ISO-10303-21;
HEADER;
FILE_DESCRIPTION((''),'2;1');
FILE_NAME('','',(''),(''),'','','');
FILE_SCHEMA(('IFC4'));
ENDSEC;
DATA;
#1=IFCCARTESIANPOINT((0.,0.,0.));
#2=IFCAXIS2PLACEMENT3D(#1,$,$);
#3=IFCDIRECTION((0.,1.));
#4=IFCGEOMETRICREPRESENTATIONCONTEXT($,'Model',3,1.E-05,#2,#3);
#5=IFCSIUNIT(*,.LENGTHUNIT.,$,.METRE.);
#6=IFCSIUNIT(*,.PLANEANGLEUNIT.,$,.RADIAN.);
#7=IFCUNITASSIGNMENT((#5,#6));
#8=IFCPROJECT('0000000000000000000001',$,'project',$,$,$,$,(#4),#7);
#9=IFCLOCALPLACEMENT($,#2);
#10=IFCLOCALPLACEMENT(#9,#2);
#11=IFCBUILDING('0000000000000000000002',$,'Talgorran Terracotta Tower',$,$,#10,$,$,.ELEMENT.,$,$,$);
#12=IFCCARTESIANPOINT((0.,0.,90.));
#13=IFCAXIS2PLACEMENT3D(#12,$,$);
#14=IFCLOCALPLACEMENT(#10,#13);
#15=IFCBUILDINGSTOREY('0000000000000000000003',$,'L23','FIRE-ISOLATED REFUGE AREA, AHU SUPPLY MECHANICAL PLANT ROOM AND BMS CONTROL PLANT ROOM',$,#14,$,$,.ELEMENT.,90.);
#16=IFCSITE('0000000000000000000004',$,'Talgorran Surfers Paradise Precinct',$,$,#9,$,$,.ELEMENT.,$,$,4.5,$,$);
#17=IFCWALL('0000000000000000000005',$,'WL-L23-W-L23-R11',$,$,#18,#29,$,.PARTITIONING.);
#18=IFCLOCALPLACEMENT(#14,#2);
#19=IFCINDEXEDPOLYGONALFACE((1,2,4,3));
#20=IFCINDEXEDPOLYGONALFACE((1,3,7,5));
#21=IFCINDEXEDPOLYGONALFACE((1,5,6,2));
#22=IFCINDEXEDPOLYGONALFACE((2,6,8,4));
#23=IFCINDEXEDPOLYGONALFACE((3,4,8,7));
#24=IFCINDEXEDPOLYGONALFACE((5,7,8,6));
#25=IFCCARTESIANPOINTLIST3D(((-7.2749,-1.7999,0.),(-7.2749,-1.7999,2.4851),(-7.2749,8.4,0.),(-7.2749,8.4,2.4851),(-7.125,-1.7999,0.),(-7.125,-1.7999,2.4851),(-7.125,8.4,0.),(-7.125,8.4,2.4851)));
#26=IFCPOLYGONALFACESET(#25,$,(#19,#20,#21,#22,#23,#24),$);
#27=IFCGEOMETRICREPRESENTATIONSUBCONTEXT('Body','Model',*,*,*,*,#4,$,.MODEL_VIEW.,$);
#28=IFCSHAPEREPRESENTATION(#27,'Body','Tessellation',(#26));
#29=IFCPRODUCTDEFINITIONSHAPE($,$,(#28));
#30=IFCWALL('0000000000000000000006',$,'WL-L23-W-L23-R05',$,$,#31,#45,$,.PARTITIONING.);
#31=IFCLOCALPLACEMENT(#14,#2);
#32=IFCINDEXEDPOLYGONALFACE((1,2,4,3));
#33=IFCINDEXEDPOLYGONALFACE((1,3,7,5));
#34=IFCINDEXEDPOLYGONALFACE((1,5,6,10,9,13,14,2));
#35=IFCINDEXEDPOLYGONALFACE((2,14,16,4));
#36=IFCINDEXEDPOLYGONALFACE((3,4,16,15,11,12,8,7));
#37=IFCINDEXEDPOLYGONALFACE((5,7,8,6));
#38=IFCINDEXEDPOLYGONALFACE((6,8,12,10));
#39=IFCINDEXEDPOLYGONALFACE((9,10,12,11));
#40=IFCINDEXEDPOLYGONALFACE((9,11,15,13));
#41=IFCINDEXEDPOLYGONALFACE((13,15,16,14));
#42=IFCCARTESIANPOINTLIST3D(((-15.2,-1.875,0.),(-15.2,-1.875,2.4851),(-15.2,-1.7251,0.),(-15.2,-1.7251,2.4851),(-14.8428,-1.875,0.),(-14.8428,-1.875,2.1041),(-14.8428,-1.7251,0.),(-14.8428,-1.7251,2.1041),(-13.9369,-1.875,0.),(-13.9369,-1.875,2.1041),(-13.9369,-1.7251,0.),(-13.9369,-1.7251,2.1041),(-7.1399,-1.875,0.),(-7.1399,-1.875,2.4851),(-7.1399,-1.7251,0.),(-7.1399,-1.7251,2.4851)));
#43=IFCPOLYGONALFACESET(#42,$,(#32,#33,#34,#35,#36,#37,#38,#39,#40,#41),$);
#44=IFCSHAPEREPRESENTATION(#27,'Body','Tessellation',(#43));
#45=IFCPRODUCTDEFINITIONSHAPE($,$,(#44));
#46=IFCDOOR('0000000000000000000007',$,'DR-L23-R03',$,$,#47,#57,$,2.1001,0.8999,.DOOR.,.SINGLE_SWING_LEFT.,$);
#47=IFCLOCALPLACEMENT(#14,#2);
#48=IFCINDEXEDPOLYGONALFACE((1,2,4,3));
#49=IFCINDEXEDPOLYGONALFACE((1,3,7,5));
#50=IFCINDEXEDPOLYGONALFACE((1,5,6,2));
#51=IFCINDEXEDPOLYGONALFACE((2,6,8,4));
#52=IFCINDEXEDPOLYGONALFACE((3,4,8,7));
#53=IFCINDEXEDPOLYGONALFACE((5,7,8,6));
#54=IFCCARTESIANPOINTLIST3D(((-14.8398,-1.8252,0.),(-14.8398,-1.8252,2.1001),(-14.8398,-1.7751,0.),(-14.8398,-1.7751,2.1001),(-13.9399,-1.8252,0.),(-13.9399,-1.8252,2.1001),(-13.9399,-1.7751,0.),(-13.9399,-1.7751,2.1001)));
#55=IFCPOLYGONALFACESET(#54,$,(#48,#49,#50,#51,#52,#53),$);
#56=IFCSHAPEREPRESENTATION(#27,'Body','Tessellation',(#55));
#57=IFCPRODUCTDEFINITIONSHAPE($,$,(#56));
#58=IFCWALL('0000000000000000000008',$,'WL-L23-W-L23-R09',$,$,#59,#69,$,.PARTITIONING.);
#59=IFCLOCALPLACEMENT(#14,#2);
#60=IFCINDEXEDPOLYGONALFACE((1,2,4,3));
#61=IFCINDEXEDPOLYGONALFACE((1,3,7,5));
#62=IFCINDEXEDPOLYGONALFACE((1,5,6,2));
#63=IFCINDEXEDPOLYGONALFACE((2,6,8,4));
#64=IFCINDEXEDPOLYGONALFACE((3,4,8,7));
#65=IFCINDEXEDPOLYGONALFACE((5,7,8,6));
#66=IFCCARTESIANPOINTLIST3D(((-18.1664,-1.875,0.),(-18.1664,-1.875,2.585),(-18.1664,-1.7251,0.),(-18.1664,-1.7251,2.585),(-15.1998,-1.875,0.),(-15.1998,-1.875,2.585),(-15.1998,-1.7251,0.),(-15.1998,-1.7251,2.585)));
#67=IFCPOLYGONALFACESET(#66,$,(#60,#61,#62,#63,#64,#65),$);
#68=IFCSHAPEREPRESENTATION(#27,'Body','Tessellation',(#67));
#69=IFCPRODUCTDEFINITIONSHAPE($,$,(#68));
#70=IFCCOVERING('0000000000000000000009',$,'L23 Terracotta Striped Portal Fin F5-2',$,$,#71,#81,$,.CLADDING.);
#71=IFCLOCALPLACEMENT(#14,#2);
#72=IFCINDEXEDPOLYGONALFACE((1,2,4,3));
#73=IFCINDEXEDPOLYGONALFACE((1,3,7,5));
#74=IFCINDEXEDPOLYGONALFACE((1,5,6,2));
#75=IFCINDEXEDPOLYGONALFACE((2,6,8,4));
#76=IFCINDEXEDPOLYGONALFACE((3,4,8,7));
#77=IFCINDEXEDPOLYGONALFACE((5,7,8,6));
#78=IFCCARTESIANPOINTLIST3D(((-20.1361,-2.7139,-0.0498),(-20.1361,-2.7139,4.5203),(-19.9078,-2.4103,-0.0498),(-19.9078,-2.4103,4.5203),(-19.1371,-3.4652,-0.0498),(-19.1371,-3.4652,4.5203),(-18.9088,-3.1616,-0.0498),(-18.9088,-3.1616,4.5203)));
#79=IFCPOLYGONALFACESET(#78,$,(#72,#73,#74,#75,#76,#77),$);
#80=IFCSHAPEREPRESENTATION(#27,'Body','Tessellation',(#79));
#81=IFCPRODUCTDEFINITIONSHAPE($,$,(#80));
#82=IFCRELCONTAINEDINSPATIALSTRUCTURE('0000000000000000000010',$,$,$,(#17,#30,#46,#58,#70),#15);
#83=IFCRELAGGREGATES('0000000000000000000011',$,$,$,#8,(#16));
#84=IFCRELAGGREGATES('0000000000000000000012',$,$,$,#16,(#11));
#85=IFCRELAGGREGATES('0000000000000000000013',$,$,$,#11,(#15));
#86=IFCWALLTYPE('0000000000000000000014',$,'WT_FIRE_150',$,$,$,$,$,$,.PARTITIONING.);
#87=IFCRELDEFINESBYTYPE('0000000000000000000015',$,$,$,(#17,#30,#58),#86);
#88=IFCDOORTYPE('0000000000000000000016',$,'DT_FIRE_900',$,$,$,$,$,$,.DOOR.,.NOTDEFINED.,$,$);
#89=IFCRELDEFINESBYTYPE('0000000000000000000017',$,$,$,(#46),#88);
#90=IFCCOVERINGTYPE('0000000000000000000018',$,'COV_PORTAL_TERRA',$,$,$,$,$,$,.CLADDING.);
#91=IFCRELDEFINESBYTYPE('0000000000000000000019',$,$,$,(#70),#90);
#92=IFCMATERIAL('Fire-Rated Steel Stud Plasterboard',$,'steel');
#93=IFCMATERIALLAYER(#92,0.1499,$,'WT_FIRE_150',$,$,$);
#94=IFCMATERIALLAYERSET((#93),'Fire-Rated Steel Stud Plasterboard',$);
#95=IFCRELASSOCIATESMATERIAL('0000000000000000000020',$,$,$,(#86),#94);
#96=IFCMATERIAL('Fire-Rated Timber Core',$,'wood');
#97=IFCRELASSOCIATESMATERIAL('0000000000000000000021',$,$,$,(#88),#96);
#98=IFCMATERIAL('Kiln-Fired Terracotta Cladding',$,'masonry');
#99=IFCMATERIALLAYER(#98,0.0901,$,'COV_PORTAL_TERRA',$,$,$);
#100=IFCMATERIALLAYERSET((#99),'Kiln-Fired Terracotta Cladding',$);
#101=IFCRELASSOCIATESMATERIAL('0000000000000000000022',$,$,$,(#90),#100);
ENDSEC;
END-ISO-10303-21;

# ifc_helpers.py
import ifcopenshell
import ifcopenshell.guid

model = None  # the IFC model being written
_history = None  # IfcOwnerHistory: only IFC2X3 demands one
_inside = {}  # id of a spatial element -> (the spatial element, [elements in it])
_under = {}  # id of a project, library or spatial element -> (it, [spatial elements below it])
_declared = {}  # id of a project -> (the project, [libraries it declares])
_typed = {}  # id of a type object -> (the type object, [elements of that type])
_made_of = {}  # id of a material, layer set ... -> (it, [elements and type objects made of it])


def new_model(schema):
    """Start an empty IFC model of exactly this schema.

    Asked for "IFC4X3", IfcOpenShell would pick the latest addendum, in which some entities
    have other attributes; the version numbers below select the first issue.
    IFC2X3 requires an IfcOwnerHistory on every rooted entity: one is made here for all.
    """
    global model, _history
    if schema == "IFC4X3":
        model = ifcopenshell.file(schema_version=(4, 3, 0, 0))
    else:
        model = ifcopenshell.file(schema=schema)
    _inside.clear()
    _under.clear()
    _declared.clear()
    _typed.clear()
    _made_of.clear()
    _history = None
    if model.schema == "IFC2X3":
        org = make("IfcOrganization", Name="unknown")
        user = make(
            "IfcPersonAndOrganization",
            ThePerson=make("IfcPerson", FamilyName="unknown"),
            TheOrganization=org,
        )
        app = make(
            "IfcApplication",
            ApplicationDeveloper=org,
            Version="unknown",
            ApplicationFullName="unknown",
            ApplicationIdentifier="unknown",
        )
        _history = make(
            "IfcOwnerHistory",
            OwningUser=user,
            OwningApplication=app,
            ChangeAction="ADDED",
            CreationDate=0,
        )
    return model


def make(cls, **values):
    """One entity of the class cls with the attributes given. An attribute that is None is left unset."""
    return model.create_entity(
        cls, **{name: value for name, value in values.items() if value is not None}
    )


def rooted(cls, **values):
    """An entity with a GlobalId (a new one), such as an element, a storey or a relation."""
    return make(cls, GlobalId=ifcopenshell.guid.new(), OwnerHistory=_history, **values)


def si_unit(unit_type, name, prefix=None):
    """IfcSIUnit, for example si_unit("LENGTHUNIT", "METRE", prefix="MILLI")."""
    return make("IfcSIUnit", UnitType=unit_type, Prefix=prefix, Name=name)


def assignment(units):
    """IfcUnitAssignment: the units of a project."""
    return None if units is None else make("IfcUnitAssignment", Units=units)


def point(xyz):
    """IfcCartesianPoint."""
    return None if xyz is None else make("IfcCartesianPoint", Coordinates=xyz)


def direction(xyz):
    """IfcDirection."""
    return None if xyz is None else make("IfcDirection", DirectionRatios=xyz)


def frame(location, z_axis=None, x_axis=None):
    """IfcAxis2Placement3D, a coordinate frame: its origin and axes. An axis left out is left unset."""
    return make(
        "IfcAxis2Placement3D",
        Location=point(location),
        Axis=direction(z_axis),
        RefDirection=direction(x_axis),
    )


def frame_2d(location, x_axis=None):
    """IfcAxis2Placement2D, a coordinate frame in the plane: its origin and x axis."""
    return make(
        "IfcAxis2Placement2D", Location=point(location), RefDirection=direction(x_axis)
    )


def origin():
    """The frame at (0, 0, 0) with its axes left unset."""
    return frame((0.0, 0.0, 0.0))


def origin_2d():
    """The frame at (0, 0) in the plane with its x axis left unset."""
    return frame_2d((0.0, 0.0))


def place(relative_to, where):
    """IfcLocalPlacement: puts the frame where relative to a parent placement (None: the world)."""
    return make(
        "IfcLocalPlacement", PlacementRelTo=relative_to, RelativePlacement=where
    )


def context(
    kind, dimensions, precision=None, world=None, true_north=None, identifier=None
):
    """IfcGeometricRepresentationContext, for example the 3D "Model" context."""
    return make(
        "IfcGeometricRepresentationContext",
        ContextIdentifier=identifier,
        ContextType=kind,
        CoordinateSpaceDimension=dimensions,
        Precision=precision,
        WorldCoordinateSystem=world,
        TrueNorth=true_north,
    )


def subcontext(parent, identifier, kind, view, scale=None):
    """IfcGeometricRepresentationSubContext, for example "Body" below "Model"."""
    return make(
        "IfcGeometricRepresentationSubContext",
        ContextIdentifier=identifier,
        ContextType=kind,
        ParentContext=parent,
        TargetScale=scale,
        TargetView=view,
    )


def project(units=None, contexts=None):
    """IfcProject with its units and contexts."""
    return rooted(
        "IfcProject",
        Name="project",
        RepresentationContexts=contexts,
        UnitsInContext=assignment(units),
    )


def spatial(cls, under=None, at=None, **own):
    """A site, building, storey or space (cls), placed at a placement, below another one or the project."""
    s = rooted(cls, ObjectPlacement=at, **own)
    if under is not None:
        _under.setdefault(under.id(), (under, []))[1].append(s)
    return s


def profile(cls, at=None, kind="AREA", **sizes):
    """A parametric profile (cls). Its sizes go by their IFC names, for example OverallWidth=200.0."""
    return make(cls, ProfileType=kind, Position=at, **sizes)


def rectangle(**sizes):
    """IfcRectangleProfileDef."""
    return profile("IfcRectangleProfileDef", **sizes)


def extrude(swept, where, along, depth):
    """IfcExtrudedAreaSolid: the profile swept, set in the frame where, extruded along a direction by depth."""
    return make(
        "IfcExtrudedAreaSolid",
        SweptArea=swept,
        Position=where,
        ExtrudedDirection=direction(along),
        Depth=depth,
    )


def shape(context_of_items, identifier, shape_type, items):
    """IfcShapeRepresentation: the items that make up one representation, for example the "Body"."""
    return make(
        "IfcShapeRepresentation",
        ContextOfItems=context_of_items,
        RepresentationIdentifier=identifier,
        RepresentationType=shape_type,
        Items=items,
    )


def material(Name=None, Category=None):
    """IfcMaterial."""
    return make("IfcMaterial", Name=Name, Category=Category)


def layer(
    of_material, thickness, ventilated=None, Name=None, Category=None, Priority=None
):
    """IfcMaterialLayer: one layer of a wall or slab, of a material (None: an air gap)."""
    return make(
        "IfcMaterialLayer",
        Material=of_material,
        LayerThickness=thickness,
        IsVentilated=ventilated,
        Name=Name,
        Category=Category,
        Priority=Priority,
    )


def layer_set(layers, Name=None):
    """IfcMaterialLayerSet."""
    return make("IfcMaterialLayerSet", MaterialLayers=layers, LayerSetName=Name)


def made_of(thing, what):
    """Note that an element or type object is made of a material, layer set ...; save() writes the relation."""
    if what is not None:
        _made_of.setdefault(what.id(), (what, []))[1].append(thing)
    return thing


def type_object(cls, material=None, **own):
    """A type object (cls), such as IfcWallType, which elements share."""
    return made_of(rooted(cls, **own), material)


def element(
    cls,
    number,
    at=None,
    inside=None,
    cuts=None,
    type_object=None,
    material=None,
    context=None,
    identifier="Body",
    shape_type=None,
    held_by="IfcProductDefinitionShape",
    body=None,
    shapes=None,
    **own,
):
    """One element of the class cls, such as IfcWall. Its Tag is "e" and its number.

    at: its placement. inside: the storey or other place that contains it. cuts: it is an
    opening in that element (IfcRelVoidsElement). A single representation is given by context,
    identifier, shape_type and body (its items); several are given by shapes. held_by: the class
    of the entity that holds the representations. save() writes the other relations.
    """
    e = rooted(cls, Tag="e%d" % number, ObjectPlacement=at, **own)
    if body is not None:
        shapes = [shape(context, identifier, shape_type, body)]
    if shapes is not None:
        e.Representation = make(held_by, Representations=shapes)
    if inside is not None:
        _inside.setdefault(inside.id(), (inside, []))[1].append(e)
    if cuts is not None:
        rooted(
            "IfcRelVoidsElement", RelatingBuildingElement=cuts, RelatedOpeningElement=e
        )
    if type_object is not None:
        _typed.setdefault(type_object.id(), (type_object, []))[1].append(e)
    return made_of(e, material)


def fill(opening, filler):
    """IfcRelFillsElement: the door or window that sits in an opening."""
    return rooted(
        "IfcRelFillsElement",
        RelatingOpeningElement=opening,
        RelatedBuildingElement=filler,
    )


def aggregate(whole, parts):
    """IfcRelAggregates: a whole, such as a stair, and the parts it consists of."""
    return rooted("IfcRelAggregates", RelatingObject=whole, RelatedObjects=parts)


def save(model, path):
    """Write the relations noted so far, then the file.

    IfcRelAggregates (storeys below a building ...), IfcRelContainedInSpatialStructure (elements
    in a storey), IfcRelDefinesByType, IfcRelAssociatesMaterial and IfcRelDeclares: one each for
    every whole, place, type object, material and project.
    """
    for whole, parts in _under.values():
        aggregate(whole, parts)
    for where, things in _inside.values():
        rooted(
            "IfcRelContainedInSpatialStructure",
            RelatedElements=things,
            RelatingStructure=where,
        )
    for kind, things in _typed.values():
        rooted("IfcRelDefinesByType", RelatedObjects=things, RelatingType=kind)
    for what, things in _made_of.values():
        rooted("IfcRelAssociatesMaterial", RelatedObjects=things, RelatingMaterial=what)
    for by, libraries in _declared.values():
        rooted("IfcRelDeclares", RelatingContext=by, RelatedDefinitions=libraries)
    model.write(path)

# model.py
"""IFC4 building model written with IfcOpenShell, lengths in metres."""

from ifc_helpers import new_model, si_unit, direction, frame, frame_2d, origin, origin_2d, place, context, subcontext, project, spatial, rectangle, extrude, material, layer, layer_set, type_object, element, fill, save


model = new_model("IFC4")

# Units and contexts
model_context = context("Model", 3, precision=1e-05, world=origin(), true_north=direction((0.0, 1.0)))
body_context = subcontext(model_context, "Body", "Model", "MODEL_VIEW")
ifc_project = project(units=[si_unit("LENGTHUNIT", "METRE"), si_unit("PLANEANGLEUNIT", "RADIAN")], contexts=[model_context])

# Site, building, storey
site_placement = place(None, origin())
site = spatial("IfcSite", under=ifc_project, at=site_placement, Name="Talgorran Surfers Paradise Precinct", CompositionType="ELEMENT", RefElevation=4.5)
building_placement = place(site_placement, origin())
building = spatial("IfcBuilding", under=site, at=building_placement, Name="Talgorran Terracotta Tower", CompositionType="ELEMENT")
storey_placement = place(building_placement, frame((0.0, 0.0, 90.0)))
storey = spatial("IfcBuildingStorey", under=building, at=storey_placement, Name="L23", Description="FIRE-ISOLATED REFUGE AREA, AHU SUPPLY MECHANICAL PLANT ROOM AND BMS CONTROL PLANT ROOM", CompositionType="ELEMENT", Elevation=90.0)

# Wall
ifc_material_1 = material(Name="Fire-Rated Steel Stud Plasterboard", Category="steel")
ifc_layer_1 = layer(ifc_material_1, 0.1499, Name="WT_FIRE_150")
ifc_layer_set_1 = layer_set([ifc_layer_1], Name="Fire-Rated Steel Stud Plasterboard")
wall_type = type_object("IfcWallType", Name="WT_FIRE_150", PredefinedType="PARTITIONING", material=ifc_layer_set_1)
wall_1_placement = place(storey_placement, frame((-7.2, -1.8, 0.0), z_axis=(0.0, 0.0, 1.0), x_axis=(0.0, 1.0, 0.0)))
element("IfcWall", 1, at=wall_1_placement, inside=storey, type_object=wall_type, Name="WL-L23-W-L23-R11", PredefinedType="PARTITIONING", context=body_context, shape_type="SweptSolid", body=[
    extrude(rectangle(XDim=10.2, YDim=0.1499, at=frame_2d((5.1001, 0.0))), origin(), (0.0, 0.0, 1.0), 2.4851),
])

# Wall, opening, door
wall_2_placement = place(storey_placement, frame((-15.2, -1.8, 0.0), z_axis=(0.0, 0.0, 1.0), x_axis=(1.0, 0.0, 0.0)))
wall_2 = element("IfcWall", 2, at=wall_2_placement, inside=storey, type_object=wall_type, Name="WL-L23-W-L23-R05", PredefinedType="PARTITIONING", context=body_context, shape_type="SweptSolid", body=[
    extrude(rectangle(XDim=8.0601, YDim=0.1499, at=frame_2d((4.03, 0.0))), origin(), (0.0, 0.0, 1.0), 2.4851),
])
opening_placement = place(wall_2_placement, frame((0.3601, 0.0, 0.0)))
opening = element("IfcOpeningElement", 3, at=opening_placement, cuts=wall_2, PredefinedType="OPENING", context=body_context, shape_type="SweptSolid", body=[
    extrude(rectangle(XDim=0.9059, YDim=2.1041, at=frame_2d((0.45, 1.052))), frame((0.0, 0.085, 0.0), z_axis=(0.0, -1.0, 0.0), x_axis=(1.0, 0.0, 0.0)), (0.0, 0.0, 1.0), 0.1699),
])
ifc_material_2 = material(Name="Fire-Rated Timber Core", Category="wood")
door_type = type_object("IfcDoorType", Name="DT_FIRE_900", OperationType="NOTDEFINED", PredefinedType="DOOR", material=ifc_material_2)
door_placement = place(opening_placement, origin())
door = element("IfcDoor", 4, at=door_placement, inside=storey, type_object=door_type, Name="DR-L23-R03", OperationType="SINGLE_SWING_LEFT", OverallHeight=2.1001, OverallWidth=0.8999, PredefinedType="DOOR", context=body_context, shape_type="SweptSolid", body=[
    extrude(rectangle(XDim=0.8999, YDim=2.1001, at=frame_2d((0.45, 1.05))), frame((0.0, 0.0249, 0.0), z_axis=(0.0, -1.0, 0.0), x_axis=(1.0, 0.0, 0.0)), (0.0, 0.0, 1.0), 0.05),
])
fill(opening, door)

# Wall
wall_3_placement = place(storey_placement, frame((-18.1665, -1.8, 0.0), z_axis=(0.0, 0.0, 1.0), x_axis=(1.0, 0.0, 0.0)))
element("IfcWall", 5, at=wall_3_placement, inside=storey, type_object=wall_type, Name="WL-L23-W-L23-R09", PredefinedType="PARTITIONING", context=body_context, shape_type="SweptSolid", body=[
    extrude(rectangle(XDim=2.9666, YDim=0.1499, at=frame_2d((1.4834, 0.0))), origin(), (0.0, 0.0, 1.0), 2.585),
])

# Covering
ifc_material_3 = material(Name="Kiln-Fired Terracotta Cladding", Category="masonry")
ifc_layer_2 = layer(ifc_material_3, 0.0901, Name="COV_PORTAL_TERRA")
ifc_layer_set_2 = layer_set([ifc_layer_2], Name="Kiln-Fired Terracotta Cladding")
covering_type = type_object("IfcCoveringType", Name="COV_PORTAL_TERRA", PredefinedType="CLADDING", material=ifc_layer_set_2)
covering_placement = place(storey_placement, frame((-19.5225, -2.9377, -0.0498), z_axis=(0.0, 0.0, 1.0), x_axis=(-0.601048, -0.799213, 0.0)))
element("IfcCovering", 6, at=covering_placement, inside=storey, type_object=covering_type, Name="L23 Terracotta Striped Portal Fin F5-2", PredefinedType="CLADDING", context=body_context, shape_type="SweptSolid", body=[
    extrude(rectangle(XDim=0.3799, YDim=1.25, at=origin_2d()), origin(), (0.0, 0.0, 1.0), 4.5701),
])

save(model, "model.ifc")
